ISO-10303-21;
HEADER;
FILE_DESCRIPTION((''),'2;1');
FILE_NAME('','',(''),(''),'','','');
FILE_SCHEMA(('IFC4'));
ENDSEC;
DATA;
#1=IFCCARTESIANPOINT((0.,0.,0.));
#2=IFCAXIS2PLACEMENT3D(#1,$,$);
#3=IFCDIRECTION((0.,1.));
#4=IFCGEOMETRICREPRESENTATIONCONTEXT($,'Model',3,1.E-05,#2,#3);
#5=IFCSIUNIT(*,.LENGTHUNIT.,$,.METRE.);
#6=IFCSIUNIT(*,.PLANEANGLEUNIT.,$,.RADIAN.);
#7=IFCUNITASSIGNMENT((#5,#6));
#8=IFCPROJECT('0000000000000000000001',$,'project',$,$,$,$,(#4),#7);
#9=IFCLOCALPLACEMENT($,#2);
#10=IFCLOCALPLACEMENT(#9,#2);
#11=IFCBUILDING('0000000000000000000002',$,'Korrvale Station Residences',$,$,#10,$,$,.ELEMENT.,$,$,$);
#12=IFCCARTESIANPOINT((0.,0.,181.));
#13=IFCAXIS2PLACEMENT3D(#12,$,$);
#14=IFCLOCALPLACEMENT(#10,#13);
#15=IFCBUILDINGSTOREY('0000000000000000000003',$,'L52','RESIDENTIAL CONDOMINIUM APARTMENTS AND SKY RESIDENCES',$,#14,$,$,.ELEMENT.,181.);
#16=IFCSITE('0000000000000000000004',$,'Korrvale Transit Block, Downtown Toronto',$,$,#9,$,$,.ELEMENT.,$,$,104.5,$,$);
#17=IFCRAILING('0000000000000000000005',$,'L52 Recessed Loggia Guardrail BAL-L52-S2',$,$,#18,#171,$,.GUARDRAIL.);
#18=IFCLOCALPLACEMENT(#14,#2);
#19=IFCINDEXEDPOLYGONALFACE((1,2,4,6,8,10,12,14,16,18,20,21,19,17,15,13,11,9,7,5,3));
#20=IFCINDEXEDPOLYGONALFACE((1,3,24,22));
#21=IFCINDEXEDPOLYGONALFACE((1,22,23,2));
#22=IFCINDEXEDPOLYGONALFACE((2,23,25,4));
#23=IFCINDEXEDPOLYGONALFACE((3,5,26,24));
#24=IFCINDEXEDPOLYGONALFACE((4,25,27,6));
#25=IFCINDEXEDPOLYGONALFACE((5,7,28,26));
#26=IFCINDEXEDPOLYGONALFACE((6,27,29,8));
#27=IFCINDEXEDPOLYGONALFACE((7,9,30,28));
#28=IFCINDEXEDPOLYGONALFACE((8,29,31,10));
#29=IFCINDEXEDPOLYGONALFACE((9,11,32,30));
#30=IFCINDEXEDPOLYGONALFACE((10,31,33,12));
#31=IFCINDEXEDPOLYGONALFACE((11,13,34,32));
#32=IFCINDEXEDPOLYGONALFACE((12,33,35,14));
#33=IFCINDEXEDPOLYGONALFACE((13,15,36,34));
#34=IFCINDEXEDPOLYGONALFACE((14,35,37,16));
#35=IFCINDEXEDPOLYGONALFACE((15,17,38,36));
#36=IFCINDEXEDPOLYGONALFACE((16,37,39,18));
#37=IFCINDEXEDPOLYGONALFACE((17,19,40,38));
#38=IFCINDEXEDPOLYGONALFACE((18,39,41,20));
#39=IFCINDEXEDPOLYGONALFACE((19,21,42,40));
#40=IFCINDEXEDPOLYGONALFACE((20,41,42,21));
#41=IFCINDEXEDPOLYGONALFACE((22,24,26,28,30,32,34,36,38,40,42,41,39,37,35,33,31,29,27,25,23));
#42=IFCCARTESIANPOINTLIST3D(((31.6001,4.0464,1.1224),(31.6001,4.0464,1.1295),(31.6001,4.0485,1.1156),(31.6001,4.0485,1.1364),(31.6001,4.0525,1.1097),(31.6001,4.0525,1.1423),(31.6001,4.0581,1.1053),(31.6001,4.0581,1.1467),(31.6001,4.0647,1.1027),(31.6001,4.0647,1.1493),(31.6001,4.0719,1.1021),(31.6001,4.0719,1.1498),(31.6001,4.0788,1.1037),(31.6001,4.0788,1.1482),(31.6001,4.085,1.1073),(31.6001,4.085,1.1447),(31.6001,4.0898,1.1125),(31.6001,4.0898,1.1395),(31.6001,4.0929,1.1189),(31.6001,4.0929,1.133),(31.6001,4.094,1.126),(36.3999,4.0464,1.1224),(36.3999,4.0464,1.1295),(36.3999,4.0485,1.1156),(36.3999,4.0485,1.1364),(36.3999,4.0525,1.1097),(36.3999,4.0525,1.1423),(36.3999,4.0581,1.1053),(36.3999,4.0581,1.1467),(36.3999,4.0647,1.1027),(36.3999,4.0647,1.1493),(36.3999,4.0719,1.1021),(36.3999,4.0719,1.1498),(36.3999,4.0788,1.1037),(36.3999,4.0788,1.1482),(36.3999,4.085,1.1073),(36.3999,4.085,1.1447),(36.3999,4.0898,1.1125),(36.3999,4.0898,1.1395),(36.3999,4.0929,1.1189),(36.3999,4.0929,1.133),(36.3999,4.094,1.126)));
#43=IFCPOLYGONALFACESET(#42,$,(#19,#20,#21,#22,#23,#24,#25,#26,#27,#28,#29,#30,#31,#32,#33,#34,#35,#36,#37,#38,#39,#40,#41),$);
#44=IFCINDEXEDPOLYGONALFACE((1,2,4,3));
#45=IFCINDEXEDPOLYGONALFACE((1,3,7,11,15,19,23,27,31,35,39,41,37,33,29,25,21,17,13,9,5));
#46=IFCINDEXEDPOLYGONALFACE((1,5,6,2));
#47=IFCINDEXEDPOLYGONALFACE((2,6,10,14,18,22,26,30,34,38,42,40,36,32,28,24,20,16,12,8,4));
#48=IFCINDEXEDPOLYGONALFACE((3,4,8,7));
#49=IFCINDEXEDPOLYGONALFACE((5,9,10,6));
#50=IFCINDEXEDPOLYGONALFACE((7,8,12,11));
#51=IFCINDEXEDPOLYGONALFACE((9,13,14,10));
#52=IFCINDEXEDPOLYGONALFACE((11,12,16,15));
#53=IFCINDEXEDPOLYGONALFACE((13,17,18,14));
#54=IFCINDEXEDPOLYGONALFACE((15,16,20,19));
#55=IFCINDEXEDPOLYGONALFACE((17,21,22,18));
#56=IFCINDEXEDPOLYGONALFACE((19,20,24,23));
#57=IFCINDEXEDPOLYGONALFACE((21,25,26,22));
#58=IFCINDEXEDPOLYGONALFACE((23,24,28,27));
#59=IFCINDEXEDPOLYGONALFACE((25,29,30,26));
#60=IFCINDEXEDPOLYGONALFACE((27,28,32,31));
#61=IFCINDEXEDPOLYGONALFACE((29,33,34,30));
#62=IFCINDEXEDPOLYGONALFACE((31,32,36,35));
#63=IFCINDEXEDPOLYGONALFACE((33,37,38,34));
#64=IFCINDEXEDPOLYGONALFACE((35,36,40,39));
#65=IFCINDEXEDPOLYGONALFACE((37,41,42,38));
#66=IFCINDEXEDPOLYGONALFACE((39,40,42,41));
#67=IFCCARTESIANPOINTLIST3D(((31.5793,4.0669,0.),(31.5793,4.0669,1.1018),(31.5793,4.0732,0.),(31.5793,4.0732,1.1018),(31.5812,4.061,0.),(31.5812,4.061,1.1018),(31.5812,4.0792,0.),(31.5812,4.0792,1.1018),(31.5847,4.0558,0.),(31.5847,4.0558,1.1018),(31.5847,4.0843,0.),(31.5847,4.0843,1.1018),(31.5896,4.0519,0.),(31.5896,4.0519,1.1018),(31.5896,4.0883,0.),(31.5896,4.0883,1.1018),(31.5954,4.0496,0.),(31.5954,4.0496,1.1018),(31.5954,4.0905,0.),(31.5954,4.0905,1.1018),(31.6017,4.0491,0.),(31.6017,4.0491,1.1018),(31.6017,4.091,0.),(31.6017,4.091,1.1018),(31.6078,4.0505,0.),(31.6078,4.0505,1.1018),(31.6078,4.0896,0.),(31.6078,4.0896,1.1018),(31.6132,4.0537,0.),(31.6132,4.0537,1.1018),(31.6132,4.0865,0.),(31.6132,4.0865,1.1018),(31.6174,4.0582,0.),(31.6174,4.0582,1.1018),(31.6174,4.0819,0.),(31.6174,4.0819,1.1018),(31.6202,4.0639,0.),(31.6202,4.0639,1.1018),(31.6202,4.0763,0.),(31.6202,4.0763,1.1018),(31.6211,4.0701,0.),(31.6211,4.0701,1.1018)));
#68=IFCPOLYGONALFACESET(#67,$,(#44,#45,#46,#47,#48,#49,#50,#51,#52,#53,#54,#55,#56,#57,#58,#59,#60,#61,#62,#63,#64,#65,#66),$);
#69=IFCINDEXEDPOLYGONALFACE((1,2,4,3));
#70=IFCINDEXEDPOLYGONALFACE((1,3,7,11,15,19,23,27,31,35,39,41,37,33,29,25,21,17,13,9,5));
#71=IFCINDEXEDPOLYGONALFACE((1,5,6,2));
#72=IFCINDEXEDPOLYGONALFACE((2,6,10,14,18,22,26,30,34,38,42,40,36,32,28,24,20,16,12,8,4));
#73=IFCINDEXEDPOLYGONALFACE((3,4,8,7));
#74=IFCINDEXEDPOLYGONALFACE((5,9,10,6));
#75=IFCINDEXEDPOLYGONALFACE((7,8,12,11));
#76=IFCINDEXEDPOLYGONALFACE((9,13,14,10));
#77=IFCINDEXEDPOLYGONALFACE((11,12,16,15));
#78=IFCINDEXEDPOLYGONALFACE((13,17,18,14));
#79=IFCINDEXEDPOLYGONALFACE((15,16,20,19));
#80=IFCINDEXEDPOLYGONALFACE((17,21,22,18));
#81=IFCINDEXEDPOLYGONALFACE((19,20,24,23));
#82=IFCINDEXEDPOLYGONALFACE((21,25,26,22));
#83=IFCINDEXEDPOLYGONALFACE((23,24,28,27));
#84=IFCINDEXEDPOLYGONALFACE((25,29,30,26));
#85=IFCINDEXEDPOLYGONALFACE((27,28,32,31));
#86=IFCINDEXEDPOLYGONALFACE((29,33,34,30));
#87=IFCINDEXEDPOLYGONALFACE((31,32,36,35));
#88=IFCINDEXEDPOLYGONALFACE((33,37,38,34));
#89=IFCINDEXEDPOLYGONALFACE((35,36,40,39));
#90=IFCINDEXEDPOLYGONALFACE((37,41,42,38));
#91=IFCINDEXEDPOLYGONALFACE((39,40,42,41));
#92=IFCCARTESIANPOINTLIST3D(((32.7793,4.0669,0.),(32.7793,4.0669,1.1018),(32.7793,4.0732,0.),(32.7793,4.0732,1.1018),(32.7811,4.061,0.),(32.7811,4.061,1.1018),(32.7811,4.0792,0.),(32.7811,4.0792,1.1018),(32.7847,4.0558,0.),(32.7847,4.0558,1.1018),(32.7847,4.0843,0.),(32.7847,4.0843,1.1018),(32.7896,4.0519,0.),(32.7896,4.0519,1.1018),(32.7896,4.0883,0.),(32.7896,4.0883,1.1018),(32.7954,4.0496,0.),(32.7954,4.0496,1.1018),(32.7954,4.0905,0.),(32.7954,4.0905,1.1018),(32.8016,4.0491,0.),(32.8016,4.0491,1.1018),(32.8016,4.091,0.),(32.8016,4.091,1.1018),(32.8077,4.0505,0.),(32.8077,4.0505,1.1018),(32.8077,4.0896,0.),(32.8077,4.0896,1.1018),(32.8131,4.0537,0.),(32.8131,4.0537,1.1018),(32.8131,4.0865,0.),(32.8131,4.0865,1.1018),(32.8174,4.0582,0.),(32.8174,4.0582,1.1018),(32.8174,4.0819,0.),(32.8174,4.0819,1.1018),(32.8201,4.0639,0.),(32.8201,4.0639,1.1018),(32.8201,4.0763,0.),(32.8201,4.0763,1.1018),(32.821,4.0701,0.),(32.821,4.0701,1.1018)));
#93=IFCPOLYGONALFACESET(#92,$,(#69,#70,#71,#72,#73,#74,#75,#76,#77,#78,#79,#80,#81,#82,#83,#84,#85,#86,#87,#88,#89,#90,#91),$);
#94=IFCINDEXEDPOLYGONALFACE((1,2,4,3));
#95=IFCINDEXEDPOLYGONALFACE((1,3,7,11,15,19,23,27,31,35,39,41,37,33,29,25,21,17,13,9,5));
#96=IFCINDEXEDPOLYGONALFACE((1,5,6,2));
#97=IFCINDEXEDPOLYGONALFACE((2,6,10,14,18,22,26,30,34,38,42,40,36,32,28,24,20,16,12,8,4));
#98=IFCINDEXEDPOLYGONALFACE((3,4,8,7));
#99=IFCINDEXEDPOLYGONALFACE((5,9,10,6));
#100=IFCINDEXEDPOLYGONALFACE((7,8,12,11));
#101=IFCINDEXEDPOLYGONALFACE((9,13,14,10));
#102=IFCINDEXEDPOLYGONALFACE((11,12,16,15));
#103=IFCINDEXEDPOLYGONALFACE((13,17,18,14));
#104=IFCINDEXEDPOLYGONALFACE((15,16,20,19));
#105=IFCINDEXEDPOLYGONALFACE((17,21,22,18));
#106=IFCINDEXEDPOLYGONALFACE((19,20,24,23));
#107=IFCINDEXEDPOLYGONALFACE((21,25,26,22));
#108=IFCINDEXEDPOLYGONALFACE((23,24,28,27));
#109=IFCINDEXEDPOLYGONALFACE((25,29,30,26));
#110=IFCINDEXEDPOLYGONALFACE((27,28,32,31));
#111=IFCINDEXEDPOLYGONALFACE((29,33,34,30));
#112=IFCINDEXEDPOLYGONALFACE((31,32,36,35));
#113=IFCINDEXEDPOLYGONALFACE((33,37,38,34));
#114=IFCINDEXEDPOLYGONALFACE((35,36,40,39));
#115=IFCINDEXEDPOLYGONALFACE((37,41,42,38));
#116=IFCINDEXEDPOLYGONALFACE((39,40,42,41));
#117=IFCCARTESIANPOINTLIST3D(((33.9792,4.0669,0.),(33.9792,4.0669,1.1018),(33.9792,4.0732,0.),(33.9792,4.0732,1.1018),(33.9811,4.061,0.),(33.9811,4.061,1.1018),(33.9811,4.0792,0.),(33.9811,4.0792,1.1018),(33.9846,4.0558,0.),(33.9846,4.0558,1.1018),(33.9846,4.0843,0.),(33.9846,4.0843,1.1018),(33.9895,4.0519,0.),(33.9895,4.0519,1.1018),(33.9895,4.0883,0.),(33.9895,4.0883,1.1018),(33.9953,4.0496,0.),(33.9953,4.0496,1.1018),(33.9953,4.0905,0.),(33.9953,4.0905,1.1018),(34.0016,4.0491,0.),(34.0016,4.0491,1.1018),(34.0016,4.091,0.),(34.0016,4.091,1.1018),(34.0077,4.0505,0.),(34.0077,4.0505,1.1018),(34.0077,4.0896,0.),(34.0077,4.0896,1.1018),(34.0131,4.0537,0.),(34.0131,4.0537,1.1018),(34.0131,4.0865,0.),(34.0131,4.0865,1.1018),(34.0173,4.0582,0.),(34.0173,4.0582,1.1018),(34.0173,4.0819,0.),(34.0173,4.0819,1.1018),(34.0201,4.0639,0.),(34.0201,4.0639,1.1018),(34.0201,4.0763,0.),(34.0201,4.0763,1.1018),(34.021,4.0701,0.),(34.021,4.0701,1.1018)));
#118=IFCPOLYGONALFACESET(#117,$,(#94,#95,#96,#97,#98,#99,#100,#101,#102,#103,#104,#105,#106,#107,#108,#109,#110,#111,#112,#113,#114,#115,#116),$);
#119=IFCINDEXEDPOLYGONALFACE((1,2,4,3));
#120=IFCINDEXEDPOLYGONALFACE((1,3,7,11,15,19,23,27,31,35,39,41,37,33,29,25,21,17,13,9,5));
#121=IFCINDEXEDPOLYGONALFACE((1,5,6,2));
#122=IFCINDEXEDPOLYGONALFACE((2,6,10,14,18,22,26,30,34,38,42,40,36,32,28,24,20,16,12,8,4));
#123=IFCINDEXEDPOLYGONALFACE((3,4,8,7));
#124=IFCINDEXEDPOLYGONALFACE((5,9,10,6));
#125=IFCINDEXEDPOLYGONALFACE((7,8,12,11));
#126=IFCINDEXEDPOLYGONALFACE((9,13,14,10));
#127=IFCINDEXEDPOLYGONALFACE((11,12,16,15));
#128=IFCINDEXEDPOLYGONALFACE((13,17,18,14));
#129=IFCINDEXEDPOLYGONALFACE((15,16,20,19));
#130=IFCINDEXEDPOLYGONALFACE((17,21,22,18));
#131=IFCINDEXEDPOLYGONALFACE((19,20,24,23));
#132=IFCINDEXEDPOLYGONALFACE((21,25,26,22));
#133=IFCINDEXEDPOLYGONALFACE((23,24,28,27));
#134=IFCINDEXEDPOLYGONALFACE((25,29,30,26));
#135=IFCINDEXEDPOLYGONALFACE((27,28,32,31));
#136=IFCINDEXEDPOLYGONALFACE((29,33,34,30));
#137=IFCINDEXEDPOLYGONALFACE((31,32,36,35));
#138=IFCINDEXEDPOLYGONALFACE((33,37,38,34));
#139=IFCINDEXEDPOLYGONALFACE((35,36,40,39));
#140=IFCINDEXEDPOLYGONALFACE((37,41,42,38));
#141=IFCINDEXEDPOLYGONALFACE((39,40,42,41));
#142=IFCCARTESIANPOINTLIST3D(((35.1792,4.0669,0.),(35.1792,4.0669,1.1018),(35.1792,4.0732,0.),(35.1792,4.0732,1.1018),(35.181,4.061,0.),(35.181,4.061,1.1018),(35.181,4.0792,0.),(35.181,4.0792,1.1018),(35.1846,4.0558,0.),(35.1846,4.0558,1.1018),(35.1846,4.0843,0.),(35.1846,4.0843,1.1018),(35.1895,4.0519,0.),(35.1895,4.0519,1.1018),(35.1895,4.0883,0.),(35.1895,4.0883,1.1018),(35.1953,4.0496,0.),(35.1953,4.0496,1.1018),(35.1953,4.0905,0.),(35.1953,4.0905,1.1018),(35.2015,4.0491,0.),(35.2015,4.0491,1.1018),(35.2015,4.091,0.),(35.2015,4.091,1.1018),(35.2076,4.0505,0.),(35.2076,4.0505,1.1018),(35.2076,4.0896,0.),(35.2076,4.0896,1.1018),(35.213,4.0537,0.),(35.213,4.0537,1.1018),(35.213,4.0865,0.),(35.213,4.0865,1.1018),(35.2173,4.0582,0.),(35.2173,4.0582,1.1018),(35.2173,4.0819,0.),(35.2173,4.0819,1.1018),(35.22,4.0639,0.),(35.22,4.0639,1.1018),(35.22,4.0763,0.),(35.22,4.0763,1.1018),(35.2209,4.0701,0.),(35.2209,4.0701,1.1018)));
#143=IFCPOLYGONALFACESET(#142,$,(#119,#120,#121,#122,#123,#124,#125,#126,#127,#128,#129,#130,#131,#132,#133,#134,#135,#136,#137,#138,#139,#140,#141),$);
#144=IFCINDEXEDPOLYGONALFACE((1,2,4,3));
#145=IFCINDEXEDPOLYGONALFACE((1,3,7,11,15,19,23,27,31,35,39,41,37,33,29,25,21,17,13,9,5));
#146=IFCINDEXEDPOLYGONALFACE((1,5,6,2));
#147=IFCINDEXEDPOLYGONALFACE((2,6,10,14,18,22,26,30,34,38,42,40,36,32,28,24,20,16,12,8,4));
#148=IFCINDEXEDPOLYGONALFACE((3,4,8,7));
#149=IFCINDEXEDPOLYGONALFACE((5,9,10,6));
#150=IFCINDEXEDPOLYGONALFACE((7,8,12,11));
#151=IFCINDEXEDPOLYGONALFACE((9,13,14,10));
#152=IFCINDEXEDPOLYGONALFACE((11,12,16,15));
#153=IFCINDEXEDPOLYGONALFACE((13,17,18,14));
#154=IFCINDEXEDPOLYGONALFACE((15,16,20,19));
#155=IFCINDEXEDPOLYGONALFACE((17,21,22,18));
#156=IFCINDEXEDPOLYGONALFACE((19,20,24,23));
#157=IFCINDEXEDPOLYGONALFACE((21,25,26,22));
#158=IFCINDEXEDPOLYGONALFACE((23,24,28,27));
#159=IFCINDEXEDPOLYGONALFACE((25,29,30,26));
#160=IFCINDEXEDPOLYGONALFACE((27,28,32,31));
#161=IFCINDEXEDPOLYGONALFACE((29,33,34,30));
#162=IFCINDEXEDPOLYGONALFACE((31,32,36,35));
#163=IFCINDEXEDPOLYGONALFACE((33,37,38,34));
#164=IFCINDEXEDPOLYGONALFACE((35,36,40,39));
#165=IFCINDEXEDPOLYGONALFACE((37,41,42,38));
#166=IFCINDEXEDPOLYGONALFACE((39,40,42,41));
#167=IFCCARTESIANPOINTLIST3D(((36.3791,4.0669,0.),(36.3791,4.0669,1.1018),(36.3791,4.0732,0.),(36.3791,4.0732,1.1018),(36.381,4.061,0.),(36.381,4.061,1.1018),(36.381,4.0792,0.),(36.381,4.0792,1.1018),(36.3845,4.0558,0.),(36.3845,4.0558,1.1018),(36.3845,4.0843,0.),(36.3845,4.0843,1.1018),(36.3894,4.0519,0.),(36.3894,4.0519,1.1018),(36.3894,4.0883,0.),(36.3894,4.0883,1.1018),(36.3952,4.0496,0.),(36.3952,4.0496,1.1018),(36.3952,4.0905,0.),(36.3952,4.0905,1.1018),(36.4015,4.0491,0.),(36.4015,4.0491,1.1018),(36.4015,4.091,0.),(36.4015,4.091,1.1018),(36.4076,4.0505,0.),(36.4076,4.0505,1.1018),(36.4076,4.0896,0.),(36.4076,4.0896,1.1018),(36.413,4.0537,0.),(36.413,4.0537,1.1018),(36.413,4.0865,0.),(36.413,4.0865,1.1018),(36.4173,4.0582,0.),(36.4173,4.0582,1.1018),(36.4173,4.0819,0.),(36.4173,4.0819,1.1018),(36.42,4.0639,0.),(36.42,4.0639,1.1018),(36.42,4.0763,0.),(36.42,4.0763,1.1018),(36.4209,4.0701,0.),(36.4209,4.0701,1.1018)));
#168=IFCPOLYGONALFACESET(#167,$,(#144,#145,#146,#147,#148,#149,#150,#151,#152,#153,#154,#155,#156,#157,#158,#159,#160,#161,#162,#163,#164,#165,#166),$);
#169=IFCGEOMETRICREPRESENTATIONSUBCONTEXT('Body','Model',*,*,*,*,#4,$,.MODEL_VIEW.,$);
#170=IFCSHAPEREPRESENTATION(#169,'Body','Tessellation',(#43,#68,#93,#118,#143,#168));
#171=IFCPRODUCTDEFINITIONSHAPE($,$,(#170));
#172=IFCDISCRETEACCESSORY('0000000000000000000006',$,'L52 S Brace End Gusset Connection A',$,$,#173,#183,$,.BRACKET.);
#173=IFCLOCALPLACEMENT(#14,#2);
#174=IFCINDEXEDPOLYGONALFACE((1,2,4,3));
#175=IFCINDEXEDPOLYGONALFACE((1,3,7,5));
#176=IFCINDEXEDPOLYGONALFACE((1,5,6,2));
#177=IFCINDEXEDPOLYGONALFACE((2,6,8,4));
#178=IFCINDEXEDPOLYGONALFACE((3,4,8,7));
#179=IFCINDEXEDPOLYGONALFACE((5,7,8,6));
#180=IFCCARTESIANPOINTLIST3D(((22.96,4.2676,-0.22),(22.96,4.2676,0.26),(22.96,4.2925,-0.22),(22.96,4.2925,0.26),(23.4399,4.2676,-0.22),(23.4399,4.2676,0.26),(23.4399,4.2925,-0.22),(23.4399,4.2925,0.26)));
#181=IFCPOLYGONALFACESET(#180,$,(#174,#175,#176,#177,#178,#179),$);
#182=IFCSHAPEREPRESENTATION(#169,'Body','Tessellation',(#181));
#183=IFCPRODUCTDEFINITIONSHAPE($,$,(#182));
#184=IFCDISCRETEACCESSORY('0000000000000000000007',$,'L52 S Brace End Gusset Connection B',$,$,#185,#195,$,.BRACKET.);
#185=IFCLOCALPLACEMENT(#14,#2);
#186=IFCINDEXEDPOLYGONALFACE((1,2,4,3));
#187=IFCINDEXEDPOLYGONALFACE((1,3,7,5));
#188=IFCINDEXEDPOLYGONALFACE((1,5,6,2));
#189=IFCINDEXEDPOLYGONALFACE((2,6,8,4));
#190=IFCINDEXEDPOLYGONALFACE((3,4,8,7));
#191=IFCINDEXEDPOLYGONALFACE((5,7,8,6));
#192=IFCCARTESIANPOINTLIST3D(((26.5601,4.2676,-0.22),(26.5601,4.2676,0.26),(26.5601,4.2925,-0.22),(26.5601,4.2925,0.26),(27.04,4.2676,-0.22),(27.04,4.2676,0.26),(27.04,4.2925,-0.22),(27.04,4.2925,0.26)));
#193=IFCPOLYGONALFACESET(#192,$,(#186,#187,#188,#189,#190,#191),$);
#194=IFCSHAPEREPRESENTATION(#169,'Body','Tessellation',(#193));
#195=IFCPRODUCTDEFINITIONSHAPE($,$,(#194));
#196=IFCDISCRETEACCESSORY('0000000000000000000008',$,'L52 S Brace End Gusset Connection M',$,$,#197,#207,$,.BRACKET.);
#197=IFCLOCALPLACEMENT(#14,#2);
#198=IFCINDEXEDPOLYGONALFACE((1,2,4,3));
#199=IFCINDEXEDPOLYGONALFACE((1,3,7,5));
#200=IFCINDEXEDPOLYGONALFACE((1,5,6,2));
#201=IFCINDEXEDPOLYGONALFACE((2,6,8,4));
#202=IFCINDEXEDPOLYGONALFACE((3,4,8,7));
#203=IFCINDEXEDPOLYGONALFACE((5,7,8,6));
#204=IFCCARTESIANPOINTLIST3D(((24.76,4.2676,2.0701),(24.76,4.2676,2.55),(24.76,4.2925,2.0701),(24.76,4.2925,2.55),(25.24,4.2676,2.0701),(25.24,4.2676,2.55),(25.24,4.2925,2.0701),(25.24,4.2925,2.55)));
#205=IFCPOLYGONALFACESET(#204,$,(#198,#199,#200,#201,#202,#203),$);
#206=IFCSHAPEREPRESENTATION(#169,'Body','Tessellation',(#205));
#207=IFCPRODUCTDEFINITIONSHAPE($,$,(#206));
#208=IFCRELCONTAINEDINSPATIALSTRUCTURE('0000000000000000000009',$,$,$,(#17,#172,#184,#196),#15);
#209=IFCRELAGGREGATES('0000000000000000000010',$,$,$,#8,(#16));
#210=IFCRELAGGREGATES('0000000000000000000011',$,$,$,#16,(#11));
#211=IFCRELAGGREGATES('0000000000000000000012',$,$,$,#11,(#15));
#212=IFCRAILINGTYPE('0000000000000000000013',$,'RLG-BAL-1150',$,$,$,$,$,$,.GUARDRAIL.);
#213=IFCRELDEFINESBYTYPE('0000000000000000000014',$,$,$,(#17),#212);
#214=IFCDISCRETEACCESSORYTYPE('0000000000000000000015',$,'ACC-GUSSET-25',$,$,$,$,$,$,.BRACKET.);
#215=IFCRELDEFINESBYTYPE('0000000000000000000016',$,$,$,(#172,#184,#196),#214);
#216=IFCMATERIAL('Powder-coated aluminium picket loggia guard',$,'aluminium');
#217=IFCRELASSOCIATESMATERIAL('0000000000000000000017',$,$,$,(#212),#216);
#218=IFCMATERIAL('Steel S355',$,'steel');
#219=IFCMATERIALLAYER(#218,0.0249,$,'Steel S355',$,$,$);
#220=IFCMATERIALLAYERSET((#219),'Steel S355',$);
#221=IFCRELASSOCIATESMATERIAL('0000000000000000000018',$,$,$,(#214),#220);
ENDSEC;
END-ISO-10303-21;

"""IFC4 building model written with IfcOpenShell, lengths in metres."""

from ifc_helpers import new_model, si_unit, direction, frame, origin, origin_2d, place, context, subcontext, project, spatial, rectangle, circle, extrude, material, layer, layer_set, type_object, element, save


model = new_model("IFC4")

# Units and contexts
model_context = context("Model", 3, precision=1e-05, world=origin(), true_north=direction((0.0, 1.0)))
body_context = subcontext(model_context, "Body", "Model", "MODEL_VIEW")
ifc_project = project(units=[si_unit("LENGTHUNIT", "METRE"), si_unit("PLANEANGLEUNIT", "RADIAN")], contexts=[model_context])

# Site, building, storey
site_placement = place(None, origin())
site = spatial("IfcSite", under=ifc_project, at=site_placement, Name="Korrvale Transit Block, Downtown Toronto", CompositionType="ELEMENT", RefElevation=104.5)
building_placement = place(site_placement, origin())
building = spatial("IfcBuilding", under=site, at=building_placement, Name="Korrvale Station Residences", CompositionType="ELEMENT")
storey_placement = place(building_placement, frame((0.0, 0.0, 181.0)))
storey = spatial("IfcBuildingStorey", under=building, at=storey_placement, Name="L52", Description="RESIDENTIAL CONDOMINIUM APARTMENTS AND SKY RESIDENCES", CompositionType="ELEMENT", Elevation=181.0)

# Shared definitions
ifc_material_1 = material(Name="Steel S355", Category="steel")

# Railing
ifc_material_2 = material(Name="Powder-coated aluminium picket loggia guard", Category="aluminium")
railing_type = type_object("IfcRailingType", Name="RLG-BAL-1150", PredefinedType="GUARDRAIL", material=ifc_material_2)
railing_placement = place(storey_placement, frame((31.6001, 4.0701, 0.0)))
element("IfcRailing", 1, at=railing_placement, inside=storey, type_object=railing_type, Name="L52 Recessed Loggia Guardrail BAL-L52-S2", PredefinedType="GUARDRAIL", context=body_context, shape_type="SweptSolid", body=[
    extrude(circle(Radius=0.0239, at=origin_2d()), frame((0.0, 0.0, 1.126), z_axis=(1.0, 0.0, 0.0), x_axis=(0.0, 1.0, 0.0)), (0.0, 0.0, 1.0), 4.7998),
    extrude(circle(Radius=0.021, at=origin_2d()), origin(), (0.0, 0.0, 1.0), 1.1018),
    extrude(circle(Radius=0.021, at=origin_2d()), frame((1.2, 0.0, 0.0)), (0.0, 0.0, 1.0), 1.1018),
    extrude(circle(Radius=0.021, at=origin_2d()), frame((2.3999, 0.0, 0.0)), (0.0, 0.0, 1.0), 1.1018),
    extrude(circle(Radius=0.021, at=origin_2d()), frame((3.5999, 0.0, 0.0)), (0.0, 0.0, 1.0), 1.1018),
    extrude(circle(Radius=0.021, at=origin_2d()), frame((4.7998, 0.0, 0.0)), (0.0, 0.0, 1.0), 1.1018),
])

# Discrete accessories
ifc_layer_1 = layer(ifc_material_1, 0.0249, Name="Steel S355")
ifc_layer_set_1 = layer_set([ifc_layer_1], Name="Steel S355")
discrete_accessory_type = type_object("IfcDiscreteAccessoryType", Name="ACC-GUSSET-25", PredefinedType="BRACKET", material=ifc_layer_set_1)
for number, where, z_axis, x_axis, name in (
    (2, (23.2, 4.28, -0.22), (0.0, 0.0, 1.0), (1.0, 0.0, 0.0), "L52 S Brace End Gusset Connection A"),
    (3, (26.8, 4.28, -0.22), (0.0, 0.0, 1.0), (1.0, 0.0, 0.0), "L52 S Brace End Gusset Connection B"),
    (4, (25.0, 4.28, 2.0701), (0.0, 0.0, 1.0), (1.0, 0.0, 0.0), "L52 S Brace End Gusset Connection M"),
):
    element("IfcDiscreteAccessory", number, at=place(storey_placement, frame(where, z_axis=z_axis, x_axis=x_axis)), inside=storey, type_object=discrete_accessory_type, Name=name, PredefinedType="BRACKET", context=body_context, shape_type="SweptSolid", body=[
        extrude(rectangle(XDim=0.48, YDim=0.0249, at=origin_2d()), origin(), (0.0, 0.0, 1.0), 0.48),
    ])

save(model, "model.ifc")
